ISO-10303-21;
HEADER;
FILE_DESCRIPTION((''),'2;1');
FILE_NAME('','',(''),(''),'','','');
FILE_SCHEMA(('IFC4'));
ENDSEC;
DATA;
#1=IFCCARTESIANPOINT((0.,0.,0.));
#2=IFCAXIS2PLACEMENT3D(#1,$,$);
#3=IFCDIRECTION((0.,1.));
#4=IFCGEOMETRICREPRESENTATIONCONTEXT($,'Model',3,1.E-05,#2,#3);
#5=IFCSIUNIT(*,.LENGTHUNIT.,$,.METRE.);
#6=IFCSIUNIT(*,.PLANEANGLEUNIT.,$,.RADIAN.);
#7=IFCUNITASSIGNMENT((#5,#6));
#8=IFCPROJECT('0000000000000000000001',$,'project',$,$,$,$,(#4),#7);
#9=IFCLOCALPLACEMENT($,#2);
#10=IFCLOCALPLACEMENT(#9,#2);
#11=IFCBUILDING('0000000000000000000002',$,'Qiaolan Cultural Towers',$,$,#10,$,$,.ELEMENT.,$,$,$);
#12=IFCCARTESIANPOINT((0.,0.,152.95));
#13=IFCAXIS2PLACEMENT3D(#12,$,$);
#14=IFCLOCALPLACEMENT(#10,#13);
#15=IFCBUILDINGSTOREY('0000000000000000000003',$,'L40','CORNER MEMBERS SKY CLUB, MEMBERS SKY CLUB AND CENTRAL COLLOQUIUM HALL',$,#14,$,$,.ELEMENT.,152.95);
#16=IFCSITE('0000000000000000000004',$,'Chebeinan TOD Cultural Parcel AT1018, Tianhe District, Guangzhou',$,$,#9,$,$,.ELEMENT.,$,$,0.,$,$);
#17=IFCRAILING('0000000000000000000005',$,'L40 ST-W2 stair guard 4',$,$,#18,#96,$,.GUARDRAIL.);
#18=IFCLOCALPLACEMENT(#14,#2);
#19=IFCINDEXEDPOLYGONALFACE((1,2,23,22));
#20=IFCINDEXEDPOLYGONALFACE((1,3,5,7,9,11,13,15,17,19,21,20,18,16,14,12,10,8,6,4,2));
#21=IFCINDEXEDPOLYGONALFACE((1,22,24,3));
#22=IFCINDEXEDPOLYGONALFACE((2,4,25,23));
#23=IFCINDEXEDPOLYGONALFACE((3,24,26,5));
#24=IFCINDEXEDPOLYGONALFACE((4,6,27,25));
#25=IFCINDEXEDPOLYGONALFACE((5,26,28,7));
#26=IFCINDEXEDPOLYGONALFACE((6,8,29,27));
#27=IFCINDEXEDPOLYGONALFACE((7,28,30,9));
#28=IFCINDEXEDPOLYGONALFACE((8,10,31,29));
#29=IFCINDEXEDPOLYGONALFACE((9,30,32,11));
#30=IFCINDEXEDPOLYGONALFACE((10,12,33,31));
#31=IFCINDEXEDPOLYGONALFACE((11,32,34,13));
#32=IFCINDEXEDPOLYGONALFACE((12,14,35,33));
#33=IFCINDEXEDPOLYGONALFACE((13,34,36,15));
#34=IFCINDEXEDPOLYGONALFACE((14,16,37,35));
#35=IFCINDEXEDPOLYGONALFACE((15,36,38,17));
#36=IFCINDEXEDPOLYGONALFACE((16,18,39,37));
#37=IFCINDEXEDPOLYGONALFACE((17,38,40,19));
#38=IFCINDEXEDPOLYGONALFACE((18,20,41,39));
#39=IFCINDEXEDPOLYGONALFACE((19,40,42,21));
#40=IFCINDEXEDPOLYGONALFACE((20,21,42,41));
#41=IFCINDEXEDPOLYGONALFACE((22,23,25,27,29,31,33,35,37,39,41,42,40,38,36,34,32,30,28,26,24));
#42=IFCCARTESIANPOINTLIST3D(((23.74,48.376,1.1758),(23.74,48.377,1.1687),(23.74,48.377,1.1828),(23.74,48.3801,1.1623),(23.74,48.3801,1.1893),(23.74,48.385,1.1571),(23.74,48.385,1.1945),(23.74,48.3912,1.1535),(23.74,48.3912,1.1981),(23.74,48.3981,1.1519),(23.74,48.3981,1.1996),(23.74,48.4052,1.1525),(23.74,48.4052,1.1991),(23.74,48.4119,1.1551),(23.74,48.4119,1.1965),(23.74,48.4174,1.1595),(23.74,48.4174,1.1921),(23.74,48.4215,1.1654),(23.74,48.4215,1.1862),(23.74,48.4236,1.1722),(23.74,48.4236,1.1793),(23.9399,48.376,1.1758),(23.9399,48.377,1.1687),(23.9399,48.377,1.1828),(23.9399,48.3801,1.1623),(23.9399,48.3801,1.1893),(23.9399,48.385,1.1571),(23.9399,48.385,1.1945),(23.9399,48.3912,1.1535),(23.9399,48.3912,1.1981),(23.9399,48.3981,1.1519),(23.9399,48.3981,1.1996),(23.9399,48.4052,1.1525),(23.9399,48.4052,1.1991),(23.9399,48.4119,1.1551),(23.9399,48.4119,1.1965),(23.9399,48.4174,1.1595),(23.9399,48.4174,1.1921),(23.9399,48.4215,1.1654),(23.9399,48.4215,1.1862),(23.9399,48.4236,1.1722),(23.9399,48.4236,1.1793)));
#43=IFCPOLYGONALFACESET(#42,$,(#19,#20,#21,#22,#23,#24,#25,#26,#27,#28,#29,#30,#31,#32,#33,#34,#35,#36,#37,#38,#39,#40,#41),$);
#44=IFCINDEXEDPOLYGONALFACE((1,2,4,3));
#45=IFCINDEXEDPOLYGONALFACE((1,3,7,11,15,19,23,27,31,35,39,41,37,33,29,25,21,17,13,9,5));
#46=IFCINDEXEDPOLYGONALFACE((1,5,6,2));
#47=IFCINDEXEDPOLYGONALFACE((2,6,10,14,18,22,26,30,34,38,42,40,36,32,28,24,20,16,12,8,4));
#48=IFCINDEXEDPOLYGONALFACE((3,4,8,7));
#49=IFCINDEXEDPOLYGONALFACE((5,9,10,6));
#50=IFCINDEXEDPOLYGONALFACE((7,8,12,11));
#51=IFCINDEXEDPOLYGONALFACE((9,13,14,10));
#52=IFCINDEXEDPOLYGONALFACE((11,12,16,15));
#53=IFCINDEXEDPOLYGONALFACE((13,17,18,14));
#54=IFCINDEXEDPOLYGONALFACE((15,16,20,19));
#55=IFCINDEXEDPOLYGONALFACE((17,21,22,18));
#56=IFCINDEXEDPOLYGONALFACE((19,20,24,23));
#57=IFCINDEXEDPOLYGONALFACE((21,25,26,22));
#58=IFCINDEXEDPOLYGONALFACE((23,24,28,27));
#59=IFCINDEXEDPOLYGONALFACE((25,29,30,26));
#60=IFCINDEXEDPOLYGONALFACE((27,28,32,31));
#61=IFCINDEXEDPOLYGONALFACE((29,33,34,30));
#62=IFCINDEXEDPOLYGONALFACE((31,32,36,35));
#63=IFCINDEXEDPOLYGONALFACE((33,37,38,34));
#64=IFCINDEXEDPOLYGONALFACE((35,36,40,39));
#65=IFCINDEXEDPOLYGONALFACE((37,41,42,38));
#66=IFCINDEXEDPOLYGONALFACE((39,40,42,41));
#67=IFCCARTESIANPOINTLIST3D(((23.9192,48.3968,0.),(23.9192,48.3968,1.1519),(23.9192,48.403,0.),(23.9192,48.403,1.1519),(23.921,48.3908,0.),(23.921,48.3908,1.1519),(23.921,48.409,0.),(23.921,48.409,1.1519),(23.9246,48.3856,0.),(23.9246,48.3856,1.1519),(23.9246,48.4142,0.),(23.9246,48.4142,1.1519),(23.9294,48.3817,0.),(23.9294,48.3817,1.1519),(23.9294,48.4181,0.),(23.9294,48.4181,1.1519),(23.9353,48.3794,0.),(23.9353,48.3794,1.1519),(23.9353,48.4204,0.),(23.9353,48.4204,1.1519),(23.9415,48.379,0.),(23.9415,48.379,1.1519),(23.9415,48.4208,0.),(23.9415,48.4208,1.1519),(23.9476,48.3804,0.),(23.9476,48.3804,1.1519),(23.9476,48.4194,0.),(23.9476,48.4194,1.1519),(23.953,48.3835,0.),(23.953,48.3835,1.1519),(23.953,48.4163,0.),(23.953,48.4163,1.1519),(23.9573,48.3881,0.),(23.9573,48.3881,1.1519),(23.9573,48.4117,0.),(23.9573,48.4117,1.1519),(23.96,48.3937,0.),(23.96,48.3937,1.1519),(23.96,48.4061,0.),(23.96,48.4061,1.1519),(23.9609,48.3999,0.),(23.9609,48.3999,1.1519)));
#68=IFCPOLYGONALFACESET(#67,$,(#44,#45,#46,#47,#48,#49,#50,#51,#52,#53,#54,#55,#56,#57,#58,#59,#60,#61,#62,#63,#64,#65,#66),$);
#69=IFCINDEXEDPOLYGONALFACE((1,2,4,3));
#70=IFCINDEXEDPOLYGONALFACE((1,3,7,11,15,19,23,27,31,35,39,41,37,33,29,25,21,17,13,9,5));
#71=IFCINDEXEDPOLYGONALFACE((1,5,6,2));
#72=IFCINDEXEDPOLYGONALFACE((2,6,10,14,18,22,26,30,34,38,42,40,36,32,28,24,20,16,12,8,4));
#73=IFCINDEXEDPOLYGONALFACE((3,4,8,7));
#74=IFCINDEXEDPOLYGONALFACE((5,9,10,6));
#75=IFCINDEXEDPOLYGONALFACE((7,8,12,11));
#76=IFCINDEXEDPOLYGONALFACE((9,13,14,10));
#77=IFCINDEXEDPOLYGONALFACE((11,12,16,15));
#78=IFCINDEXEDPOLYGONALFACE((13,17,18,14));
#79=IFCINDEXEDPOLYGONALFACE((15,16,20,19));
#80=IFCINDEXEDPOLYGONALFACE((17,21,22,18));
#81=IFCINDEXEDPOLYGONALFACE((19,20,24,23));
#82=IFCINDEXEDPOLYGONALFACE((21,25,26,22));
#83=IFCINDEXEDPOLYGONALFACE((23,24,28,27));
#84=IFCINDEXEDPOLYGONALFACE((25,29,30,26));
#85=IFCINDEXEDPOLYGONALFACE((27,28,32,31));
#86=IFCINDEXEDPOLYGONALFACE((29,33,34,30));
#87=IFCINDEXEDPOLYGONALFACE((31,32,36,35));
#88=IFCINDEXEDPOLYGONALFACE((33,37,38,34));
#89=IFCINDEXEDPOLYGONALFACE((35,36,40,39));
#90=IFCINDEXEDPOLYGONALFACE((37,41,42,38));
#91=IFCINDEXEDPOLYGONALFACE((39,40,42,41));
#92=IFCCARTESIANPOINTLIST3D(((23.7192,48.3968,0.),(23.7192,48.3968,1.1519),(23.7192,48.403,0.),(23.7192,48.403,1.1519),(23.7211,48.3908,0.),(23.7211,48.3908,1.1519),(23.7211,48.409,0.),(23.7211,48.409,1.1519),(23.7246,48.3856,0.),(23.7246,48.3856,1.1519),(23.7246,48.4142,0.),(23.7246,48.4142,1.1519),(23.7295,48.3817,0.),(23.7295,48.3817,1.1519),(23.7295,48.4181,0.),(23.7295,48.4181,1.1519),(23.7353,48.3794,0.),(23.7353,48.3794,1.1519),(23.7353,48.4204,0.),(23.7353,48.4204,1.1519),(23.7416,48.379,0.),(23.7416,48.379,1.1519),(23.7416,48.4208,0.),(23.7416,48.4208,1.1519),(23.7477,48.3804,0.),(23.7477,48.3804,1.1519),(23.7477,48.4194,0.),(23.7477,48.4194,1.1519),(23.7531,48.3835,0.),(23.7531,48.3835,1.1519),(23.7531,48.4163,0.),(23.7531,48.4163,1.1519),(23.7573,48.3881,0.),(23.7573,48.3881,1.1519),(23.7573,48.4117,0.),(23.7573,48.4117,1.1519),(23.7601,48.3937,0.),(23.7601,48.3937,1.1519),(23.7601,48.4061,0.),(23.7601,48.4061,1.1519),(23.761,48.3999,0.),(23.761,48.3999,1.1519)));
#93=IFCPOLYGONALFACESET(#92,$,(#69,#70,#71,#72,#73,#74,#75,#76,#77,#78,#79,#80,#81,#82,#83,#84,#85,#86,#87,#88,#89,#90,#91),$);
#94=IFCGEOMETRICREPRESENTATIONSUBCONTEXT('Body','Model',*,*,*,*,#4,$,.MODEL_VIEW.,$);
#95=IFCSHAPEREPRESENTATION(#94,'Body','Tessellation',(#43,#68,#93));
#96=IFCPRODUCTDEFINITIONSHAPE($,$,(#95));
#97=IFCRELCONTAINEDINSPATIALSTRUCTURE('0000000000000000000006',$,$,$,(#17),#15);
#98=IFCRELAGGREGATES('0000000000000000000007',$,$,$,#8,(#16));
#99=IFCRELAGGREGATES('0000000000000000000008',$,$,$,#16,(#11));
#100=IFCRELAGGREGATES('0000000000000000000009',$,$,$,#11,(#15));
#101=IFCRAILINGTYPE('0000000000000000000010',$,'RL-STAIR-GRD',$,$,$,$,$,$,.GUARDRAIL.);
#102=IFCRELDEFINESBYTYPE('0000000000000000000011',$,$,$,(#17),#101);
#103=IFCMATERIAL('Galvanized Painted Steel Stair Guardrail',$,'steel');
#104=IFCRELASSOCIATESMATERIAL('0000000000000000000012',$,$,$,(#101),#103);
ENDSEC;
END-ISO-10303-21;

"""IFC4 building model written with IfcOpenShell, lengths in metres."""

from ifc_helpers import new_model, si_unit, direction, frame, origin, origin_2d, place, context, subcontext, project, spatial, circle, extrude, material, type_object, element, save


model = new_model("IFC4")

# Units and contexts
model_context = context("Model", 3, precision=1e-05, world=origin(), true_north=direction((0.0, 1.0)))
body_context = subcontext(model_context, "Body", "Model", "MODEL_VIEW")
ifc_project = project(units=[si_unit("LENGTHUNIT", "METRE"), si_unit("PLANEANGLEUNIT", "RADIAN")], contexts=[model_context])

# Site, building, storey
site_placement = place(None, origin())
site = spatial("IfcSite", under=ifc_project, at=site_placement, Name="Chebeinan TOD Cultural Parcel AT1018, Tianhe District, Guangzhou", CompositionType="ELEMENT", RefElevation=0.0)
building_placement = place(site_placement, origin())
building = spatial("IfcBuilding", under=site, at=building_placement, Name="Qiaolan Cultural Towers", CompositionType="ELEMENT")
storey_placement = place(building_placement, frame((0.0, 0.0, 152.95)))
storey = spatial("IfcBuildingStorey", under=building, at=storey_placement, Name="L40", Description="CORNER MEMBERS SKY CLUB, MEMBERS SKY CLUB AND CENTRAL COLLOQUIUM HALL", CompositionType="ELEMENT", Elevation=152.95)

# Railing
ifc_material_1 = material(Name="Galvanized Painted Steel Stair Guardrail", Category="steel")
railing_type_1 = type_object("IfcRailingType", Name="RL-STAIR-GRD", PredefinedType="GUARDRAIL", material=ifc_material_1)
railing_1_placement = place(storey_placement, frame((23.9399, 48.3999, 0.0)))
element("IfcRailing", 1, at=railing_1_placement, inside=storey, type_object=railing_type_1, Name="L40 ST-W2 stair guard 4", PredefinedType="GUARDRAIL", context=body_context, shape_type="SweptSolid", body=[
    extrude(circle(Radius=0.0239, at=origin_2d()), frame((0.0, 0.0, 1.1758), z_axis=(-1.0, 0.0, 0.0), x_axis=(0.0, -1.0, 0.0)), (0.0, 0.0, 1.0), 0.2),
    extrude(circle(Radius=0.021, at=origin_2d()), origin(), (0.0, 0.0, 1.0), 1.1519),
    extrude(circle(Radius=0.021, at=origin_2d()), frame((-0.2, 0.0, 0.0)), (0.0, 0.0, 1.0), 1.1519),
])

save(model, "model.ifc")
